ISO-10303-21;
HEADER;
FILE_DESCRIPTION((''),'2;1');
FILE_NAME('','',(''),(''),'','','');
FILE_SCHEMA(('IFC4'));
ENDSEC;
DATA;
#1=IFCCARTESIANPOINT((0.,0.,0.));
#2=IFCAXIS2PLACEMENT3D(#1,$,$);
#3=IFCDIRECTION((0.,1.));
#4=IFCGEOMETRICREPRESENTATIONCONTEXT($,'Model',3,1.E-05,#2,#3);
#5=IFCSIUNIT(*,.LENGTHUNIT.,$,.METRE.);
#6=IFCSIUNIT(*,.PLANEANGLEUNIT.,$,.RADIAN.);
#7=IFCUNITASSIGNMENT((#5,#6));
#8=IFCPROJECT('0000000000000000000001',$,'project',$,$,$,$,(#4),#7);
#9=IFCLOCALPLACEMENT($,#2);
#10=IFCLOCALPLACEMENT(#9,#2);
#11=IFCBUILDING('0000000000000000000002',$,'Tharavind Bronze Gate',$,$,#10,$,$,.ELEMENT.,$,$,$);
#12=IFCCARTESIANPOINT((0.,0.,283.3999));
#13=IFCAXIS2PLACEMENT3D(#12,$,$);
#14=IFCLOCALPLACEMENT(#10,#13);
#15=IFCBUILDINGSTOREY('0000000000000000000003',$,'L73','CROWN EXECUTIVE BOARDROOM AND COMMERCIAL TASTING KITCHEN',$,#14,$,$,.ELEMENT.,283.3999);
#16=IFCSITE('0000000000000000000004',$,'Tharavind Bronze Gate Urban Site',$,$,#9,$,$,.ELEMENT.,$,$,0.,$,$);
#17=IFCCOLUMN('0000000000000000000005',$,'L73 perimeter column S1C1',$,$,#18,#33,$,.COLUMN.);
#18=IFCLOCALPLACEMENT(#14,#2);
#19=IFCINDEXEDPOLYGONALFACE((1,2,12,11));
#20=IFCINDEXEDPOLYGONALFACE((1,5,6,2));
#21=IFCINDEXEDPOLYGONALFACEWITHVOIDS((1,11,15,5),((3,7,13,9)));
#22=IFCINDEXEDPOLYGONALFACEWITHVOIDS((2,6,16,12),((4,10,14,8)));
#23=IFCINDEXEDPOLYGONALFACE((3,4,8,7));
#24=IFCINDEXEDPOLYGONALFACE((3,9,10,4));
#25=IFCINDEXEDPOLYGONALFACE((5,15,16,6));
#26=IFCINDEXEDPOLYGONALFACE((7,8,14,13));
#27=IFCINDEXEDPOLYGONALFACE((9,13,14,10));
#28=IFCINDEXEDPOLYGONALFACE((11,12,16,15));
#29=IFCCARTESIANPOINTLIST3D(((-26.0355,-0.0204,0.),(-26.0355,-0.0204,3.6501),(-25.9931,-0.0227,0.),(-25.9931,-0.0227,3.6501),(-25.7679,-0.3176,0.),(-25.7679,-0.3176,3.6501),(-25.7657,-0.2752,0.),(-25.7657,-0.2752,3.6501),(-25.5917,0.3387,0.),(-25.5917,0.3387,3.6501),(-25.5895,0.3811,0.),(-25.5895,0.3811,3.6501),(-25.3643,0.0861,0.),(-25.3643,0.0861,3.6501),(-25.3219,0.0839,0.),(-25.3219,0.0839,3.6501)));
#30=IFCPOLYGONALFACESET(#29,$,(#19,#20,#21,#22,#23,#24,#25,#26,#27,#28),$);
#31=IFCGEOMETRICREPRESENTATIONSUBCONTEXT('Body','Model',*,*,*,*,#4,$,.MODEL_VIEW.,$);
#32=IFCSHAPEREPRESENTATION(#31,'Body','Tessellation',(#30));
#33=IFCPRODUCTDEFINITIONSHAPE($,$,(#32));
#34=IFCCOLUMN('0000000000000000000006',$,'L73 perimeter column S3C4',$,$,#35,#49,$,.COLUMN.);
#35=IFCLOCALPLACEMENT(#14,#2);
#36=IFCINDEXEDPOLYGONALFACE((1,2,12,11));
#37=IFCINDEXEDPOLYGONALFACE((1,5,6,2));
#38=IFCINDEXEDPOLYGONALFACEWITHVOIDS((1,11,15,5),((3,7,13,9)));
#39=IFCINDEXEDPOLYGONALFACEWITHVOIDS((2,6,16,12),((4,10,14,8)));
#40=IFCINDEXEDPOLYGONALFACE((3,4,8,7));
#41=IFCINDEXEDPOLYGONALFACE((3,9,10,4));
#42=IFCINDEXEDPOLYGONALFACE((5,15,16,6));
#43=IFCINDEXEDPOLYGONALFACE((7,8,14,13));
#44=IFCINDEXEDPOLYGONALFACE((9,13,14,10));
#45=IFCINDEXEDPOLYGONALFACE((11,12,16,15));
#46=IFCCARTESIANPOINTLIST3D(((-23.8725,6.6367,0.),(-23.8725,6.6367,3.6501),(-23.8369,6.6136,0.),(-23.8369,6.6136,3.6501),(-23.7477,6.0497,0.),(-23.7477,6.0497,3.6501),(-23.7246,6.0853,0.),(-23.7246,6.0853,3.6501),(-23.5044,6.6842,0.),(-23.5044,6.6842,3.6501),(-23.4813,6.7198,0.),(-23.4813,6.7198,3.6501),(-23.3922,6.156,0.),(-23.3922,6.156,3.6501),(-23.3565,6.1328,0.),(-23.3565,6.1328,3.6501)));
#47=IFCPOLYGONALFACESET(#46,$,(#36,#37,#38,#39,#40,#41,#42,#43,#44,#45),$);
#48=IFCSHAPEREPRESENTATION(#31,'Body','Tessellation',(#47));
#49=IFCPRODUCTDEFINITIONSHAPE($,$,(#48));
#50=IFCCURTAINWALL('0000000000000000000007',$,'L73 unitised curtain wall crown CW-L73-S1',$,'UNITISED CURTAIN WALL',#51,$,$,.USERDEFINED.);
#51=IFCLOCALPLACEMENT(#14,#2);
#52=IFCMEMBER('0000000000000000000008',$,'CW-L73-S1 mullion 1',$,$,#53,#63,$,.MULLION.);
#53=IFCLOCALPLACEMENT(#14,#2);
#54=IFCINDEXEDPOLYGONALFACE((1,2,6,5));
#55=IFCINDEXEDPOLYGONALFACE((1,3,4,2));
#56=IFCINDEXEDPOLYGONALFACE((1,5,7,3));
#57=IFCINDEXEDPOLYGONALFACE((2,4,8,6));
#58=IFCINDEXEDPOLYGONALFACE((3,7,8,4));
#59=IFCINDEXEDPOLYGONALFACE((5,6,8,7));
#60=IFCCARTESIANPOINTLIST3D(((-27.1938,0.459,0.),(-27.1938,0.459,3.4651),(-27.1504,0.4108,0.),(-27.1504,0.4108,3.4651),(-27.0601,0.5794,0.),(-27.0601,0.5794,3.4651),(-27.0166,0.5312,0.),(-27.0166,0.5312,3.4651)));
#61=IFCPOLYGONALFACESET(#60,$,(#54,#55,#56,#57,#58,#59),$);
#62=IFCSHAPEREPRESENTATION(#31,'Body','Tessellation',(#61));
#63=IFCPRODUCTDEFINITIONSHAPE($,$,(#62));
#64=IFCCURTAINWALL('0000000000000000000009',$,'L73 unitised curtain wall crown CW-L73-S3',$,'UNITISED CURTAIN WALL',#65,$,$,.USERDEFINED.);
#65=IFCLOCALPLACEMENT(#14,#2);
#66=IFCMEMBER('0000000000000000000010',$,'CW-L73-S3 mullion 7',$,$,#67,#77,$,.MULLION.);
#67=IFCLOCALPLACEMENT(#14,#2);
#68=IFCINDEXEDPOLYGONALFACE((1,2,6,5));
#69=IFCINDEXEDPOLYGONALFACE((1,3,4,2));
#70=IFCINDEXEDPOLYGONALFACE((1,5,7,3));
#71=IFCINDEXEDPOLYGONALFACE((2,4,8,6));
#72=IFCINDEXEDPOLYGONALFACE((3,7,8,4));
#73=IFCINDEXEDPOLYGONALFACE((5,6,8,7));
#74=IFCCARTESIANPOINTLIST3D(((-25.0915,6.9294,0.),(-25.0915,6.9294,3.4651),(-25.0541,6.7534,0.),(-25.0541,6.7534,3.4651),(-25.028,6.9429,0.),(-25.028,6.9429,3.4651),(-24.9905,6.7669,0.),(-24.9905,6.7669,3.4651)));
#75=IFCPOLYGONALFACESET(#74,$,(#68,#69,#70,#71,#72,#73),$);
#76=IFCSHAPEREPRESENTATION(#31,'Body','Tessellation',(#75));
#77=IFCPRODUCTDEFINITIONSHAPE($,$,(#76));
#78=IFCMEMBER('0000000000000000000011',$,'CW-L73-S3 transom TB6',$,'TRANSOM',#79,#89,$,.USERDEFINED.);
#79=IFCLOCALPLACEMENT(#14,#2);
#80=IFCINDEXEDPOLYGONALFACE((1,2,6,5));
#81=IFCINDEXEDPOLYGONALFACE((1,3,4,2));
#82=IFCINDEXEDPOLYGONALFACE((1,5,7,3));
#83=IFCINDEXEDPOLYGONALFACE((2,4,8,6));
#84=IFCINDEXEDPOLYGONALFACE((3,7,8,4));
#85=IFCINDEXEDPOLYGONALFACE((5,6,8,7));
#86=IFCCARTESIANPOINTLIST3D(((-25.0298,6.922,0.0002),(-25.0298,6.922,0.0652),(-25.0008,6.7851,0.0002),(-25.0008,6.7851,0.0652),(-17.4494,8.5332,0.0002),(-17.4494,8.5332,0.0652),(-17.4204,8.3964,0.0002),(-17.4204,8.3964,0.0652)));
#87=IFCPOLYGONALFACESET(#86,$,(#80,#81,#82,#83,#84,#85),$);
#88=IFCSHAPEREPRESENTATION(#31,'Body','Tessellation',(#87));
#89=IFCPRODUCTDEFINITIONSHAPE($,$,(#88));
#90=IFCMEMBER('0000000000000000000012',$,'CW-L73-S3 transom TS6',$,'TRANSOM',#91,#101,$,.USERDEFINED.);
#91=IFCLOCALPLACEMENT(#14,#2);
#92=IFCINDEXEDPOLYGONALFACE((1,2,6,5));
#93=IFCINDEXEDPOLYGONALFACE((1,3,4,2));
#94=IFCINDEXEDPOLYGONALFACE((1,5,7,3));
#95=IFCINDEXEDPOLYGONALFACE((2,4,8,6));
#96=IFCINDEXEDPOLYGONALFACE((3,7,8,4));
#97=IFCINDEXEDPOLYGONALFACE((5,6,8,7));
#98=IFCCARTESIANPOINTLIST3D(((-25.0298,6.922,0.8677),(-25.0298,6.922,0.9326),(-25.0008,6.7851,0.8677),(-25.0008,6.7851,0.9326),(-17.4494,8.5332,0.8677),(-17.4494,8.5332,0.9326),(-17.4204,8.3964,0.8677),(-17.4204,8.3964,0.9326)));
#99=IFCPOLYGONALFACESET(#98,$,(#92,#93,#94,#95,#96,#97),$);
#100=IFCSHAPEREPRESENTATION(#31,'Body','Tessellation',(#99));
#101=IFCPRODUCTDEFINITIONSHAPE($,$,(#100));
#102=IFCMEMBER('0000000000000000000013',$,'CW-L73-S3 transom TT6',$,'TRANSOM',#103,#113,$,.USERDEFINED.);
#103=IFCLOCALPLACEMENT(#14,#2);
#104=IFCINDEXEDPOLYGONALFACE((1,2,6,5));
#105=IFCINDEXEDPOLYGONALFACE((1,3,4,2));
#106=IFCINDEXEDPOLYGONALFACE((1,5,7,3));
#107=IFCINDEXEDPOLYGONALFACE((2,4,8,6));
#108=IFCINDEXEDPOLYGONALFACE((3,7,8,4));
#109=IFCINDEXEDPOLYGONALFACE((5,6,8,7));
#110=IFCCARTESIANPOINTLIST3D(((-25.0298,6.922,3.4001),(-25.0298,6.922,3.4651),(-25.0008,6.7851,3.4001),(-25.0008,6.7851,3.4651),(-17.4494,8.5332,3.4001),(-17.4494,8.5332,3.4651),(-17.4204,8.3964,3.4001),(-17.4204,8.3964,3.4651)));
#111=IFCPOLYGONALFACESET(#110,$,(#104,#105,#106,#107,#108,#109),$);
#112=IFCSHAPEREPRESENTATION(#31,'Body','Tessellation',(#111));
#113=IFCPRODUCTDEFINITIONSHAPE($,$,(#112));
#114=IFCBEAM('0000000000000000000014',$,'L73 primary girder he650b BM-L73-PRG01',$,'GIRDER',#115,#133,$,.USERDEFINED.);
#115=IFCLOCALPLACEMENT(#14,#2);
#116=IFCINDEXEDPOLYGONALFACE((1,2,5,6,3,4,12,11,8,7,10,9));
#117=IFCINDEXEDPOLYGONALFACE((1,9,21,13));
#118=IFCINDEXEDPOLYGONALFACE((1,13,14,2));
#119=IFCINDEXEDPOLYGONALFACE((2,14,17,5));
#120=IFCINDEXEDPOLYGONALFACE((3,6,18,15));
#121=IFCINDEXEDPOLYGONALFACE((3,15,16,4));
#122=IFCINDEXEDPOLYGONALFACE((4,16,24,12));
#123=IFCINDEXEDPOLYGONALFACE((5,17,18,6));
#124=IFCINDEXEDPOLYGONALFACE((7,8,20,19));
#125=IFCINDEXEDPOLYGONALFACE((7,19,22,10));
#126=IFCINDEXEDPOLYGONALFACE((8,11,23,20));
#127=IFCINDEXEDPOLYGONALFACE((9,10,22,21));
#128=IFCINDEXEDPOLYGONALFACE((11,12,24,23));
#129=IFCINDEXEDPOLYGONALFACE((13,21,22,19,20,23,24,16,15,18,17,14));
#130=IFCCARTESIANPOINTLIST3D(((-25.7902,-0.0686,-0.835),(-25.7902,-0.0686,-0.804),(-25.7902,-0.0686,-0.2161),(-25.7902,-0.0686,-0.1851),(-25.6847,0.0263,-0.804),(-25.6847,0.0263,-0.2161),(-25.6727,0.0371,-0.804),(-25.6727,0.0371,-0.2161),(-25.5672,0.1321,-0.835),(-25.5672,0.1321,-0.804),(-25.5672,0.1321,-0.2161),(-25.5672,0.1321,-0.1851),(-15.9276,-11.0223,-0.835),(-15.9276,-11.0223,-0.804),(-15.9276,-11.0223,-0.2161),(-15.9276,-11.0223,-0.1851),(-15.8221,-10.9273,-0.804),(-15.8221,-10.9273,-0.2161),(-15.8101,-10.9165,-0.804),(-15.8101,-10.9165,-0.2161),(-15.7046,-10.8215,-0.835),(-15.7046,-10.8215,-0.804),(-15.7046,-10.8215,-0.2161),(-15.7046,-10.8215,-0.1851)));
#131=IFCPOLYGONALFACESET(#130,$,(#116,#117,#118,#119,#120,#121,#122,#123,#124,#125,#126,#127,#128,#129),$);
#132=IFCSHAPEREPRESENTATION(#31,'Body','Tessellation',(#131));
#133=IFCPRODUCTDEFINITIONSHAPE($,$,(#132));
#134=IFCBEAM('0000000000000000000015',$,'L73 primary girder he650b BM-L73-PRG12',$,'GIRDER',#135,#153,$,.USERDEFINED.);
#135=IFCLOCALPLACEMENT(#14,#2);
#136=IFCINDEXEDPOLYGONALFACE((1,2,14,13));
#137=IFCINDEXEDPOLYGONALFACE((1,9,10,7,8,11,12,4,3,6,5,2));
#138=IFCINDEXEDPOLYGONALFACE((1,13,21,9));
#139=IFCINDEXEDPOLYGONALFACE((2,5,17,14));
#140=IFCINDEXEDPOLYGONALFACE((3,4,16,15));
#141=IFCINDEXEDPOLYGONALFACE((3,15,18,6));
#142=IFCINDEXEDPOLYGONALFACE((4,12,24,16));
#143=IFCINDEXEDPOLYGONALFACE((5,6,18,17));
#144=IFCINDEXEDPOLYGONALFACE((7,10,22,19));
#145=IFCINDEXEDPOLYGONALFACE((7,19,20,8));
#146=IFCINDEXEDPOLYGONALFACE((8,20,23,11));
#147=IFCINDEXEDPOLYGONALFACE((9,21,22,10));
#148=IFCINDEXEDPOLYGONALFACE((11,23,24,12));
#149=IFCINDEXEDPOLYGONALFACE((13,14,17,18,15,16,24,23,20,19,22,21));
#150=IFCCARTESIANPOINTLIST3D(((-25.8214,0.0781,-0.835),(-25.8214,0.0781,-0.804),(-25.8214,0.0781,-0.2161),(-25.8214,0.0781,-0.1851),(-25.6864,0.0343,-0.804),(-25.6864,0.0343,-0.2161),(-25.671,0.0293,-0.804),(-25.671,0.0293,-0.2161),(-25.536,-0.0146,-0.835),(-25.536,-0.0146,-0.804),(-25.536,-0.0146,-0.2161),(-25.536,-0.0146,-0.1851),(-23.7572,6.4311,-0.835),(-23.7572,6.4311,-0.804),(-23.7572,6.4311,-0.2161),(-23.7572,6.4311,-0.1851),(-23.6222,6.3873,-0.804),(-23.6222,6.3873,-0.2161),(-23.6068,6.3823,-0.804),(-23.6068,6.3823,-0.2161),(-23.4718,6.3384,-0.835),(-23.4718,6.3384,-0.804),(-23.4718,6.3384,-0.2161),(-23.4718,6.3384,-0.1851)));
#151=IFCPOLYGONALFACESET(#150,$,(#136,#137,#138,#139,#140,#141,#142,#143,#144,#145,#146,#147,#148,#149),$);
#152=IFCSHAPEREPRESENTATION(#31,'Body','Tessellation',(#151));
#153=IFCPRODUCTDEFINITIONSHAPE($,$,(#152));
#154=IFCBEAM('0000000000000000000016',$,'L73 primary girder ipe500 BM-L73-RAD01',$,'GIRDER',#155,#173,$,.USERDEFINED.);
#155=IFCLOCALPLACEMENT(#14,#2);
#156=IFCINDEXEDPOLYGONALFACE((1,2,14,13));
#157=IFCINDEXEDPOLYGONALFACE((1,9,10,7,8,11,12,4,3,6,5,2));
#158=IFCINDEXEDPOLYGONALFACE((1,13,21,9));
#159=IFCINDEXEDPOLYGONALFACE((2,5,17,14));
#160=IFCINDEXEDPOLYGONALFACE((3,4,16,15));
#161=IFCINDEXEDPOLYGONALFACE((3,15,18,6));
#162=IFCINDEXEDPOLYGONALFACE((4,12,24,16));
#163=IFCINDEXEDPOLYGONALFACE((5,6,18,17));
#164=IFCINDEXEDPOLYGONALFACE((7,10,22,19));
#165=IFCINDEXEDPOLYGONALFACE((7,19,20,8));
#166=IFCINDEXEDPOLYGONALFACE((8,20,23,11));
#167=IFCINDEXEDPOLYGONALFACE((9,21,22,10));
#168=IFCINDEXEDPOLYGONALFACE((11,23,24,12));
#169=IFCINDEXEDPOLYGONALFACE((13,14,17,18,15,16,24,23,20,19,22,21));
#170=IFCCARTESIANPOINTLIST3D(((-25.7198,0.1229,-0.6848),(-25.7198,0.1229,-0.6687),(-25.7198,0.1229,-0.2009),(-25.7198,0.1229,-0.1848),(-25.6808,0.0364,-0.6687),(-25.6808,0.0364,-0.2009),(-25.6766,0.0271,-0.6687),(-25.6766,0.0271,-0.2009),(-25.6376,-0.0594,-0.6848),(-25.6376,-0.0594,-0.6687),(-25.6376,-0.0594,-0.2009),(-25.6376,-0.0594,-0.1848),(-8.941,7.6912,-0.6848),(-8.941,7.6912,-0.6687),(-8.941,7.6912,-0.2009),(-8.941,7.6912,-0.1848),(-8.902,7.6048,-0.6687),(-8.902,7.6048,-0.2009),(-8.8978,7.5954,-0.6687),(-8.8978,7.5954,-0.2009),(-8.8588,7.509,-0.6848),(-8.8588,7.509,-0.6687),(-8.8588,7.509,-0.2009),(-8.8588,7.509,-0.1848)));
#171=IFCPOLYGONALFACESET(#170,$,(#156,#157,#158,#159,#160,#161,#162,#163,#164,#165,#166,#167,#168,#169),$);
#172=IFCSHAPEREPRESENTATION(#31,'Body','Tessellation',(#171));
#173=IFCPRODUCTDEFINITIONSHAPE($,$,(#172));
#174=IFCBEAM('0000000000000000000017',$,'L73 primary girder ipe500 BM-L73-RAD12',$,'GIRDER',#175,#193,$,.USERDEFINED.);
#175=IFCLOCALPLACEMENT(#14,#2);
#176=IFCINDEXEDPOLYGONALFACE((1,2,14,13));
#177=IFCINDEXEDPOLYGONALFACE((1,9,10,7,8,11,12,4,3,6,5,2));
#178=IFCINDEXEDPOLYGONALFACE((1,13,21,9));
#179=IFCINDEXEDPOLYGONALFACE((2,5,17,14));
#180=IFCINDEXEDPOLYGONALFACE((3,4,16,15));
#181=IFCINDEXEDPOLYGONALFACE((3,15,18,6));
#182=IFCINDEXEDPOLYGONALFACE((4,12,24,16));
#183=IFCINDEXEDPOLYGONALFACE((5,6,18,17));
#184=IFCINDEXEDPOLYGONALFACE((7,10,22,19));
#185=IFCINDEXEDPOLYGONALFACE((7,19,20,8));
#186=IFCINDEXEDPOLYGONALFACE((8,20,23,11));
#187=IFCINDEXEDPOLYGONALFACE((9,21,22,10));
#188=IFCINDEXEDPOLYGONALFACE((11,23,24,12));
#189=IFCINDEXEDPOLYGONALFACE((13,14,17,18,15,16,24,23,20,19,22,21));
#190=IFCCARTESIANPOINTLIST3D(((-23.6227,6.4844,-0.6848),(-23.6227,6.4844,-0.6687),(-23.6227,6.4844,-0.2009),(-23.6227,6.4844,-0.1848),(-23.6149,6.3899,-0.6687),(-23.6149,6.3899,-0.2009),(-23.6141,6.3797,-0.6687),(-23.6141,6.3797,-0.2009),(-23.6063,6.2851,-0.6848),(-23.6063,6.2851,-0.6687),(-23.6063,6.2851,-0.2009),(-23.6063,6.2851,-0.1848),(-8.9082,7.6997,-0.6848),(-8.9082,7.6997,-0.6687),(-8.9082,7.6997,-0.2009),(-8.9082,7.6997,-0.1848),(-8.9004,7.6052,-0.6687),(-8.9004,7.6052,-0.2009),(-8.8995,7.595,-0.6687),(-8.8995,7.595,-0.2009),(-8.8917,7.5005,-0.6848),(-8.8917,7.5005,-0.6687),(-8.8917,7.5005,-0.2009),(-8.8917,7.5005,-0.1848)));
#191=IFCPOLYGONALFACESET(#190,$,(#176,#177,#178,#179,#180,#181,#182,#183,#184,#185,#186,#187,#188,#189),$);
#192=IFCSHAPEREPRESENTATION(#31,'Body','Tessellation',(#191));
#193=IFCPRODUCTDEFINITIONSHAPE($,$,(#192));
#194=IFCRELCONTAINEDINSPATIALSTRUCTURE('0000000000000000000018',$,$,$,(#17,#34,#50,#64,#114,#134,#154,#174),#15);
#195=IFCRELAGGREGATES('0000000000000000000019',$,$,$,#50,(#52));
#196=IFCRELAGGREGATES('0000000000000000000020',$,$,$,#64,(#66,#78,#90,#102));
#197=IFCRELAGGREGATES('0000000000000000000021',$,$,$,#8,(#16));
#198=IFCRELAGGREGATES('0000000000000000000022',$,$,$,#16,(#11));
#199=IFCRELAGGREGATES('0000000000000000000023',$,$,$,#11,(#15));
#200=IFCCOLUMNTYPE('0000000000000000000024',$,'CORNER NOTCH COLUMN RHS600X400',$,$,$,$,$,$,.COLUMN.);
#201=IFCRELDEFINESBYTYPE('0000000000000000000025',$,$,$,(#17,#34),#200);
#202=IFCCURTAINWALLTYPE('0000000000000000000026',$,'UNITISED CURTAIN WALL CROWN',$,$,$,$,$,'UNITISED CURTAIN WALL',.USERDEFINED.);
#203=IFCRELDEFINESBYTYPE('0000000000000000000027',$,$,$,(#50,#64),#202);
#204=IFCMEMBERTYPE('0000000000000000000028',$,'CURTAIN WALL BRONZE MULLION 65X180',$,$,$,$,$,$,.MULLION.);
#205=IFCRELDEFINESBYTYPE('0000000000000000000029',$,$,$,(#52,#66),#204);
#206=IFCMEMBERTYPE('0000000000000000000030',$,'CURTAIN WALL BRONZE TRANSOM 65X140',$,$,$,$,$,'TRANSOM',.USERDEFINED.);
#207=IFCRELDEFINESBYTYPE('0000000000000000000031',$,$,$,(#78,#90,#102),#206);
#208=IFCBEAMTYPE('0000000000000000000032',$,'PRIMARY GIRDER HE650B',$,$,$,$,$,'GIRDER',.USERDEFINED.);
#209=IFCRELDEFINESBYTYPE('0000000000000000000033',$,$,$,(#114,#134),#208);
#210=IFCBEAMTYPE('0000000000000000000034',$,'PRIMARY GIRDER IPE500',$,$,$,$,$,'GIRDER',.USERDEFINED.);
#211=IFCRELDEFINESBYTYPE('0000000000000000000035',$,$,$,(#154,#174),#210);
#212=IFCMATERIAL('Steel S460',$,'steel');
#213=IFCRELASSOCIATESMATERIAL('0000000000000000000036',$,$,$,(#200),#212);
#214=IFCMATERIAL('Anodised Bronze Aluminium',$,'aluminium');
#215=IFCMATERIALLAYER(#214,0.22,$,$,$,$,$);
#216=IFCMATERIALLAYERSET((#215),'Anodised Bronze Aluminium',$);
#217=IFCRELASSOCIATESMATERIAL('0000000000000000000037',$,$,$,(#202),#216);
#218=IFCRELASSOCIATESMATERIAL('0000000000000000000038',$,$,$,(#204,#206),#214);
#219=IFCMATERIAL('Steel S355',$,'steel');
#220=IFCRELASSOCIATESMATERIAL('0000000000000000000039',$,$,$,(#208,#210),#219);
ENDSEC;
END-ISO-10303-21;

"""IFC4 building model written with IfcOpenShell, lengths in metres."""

from ifc_helpers import new_model, si_unit, direction, frame, origin, origin_2d, place, context, subcontext, project, spatial, rectangle, hollow_rectangle, i_section, extrude, material, layer, layer_set, material_profile, profile_set, type_object, element, aggregate, save


model = new_model("IFC4")

# Units and contexts
model_context = context("Model", 3, precision=1e-05, world=origin(), true_north=direction((0.0, 1.0)))
body_context = subcontext(model_context, "Body", "Model", "MODEL_VIEW")
ifc_project = project(units=[si_unit("LENGTHUNIT", "METRE"), si_unit("PLANEANGLEUNIT", "RADIAN")], contexts=[model_context])

# Site, building, storey
site_placement = place(None, origin())
site = spatial("IfcSite", under=ifc_project, at=site_placement, Name="Tharavind Bronze Gate Urban Site", CompositionType="ELEMENT", RefElevation=0.0)
building_placement = place(site_placement, origin())
building = spatial("IfcBuilding", under=site, at=building_placement, Name="Tharavind Bronze Gate", CompositionType="ELEMENT")
storey_placement = place(building_placement, frame((0.0, 0.0, 283.3999)))
storey = spatial("IfcBuildingStorey", under=building, at=storey_placement, Name="L73", Description="CROWN EXECUTIVE BOARDROOM AND COMMERCIAL TASTING KITCHEN", CompositionType="ELEMENT", Elevation=283.3999)

# Columns
ifc_material_1 = material(Name="Steel S460", Category="steel")
ifc_material_profile_1 = material_profile(ifc_material_1, hollow_rectangle(XDim=0.3999, YDim=0.6001, WallThickness=0.03, at=origin_2d()), Name="RHS600X400X30")
ifc_profile_set_1 = profile_set([ifc_material_profile_1], Name="Steel S460")
column_type = type_object("IfcColumnType", Name="CORNER NOTCH COLUMN RHS600X400", PredefinedType="COLUMN", material=ifc_profile_set_1)
for number, where, z_axis, x_axis, name in (
    (1, (-25.6787, 0.0317, 0.0), (0.0, 0.0, 1.0), (-0.669131, 0.743145, 0.0), "L73 perimeter column S1C1"),
    (2, (-23.6145, 6.3848, 0.0), (0.0, 0.0, 1.0), (0.978147, 0.207913, 0.0), "L73 perimeter column S3C4"),
):
    element("IfcColumn", number, at=place(storey_placement, frame(where, z_axis=z_axis, x_axis=x_axis)), inside=storey, type_object=column_type, Name=name, PredefinedType="COLUMN", context=body_context, shape_type="SweptSolid", body=[
        extrude(hollow_rectangle(XDim=0.3999, YDim=0.6001, WallThickness=0.03, at=origin_2d()), origin(), (0.0, 0.0, 1.0), 3.6501),
    ])

# Curtain wall, member
ifc_material_2 = material(Name="Anodised Bronze Aluminium", Category="aluminium")
ifc_layer_1 = layer(ifc_material_2, 0.22)
ifc_layer_set_1 = layer_set([ifc_layer_1], Name="Anodised Bronze Aluminium")
curtain_wall_type = type_object("IfcCurtainWallType", Name="UNITISED CURTAIN WALL CROWN", ElementType="UNITISED CURTAIN WALL", PredefinedType="USERDEFINED", material=ifc_layer_set_1)
curtain_wall_1_placement = place(storey_placement, origin())
curtain_wall_1 = element("IfcCurtainWall", 3, at=curtain_wall_1_placement, inside=storey, type_object=curtain_wall_type, Name="L73 unitised curtain wall crown CW-L73-S1", ObjectType="UNITISED CURTAIN WALL", PredefinedType="USERDEFINED")
member_type_1 = type_object("IfcMemberType", Name="CURTAIN WALL BRONZE MULLION 65X180", PredefinedType="MULLION", material=ifc_material_2)
member_1_placement = place(storey_placement, frame((-27.1052, 0.4951, 0.0), z_axis=(0.0, 0.0, 1.0), x_axis=(0.669131, -0.743145, 0.0)))
member_1 = element("IfcMember", 4, at=member_1_placement, type_object=member_type_1, Name="CW-L73-S1 mullion 1", PredefinedType="MULLION", context=body_context, shape_type="SweptSolid", body=[
    extrude(rectangle(XDim=0.0649, YDim=0.1799, at=origin_2d()), origin(), (0.0, 0.0, 1.0), 3.4651),
])
aggregate(curtain_wall_1, [member_1])

# Curtain wall, members
curtain_wall_2_placement = place(storey_placement, origin())
curtain_wall_2 = element("IfcCurtainWall", 5, at=curtain_wall_2_placement, inside=storey, type_object=curtain_wall_type, Name="L73 unitised curtain wall crown CW-L73-S3", ObjectType="UNITISED CURTAIN WALL", PredefinedType="USERDEFINED")
member_2_placement = place(storey_placement, frame((-25.041, 6.8481, 0.0), z_axis=(0.0, 0.0, 1.0), x_axis=(-0.978147, -0.207913, 0.0)))
member_2 = element("IfcMember", 6, at=member_2_placement, type_object=member_type_1, Name="CW-L73-S3 mullion 7", PredefinedType="MULLION", context=body_context, shape_type="SweptSolid", body=[
    extrude(rectangle(XDim=0.0649, YDim=0.1799, at=origin_2d()), origin(), (0.0, 0.0, 1.0), 3.4651),
])
member_type_2 = type_object("IfcMemberType", Name="CURTAIN WALL BRONZE TRANSOM 65X140", ElementType="TRANSOM", PredefinedType="USERDEFINED", material=ifc_material_2)
member_3_placement = place(storey_placement, frame((-21.2251, 7.6592, 0.0002), z_axis=(0.0, 0.0, 1.0), x_axis=(-0.978147, -0.207913, 0.0)))
member_3 = element("IfcMember", 7, at=member_3_placement, type_object=member_type_2, Name="CW-L73-S3 transom TB6", ObjectType="TRANSOM", PredefinedType="USERDEFINED", context=body_context, shape_type="SweptSolid", body=[
    extrude(rectangle(XDim=7.7498, YDim=0.1399, at=origin_2d()), origin(), (0.0, 0.0, 1.0), 0.0649),
])
member_4_placement = place(storey_placement, frame((-21.2251, 7.6592, 0.8677), z_axis=(0.0, 0.0, 1.0), x_axis=(-0.978147, -0.207913, 0.0)))
member_4 = element("IfcMember", 8, at=member_4_placement, type_object=member_type_2, Name="CW-L73-S3 transom TS6", ObjectType="TRANSOM", PredefinedType="USERDEFINED", context=body_context, shape_type="SweptSolid", body=[
    extrude(rectangle(XDim=7.7498, YDim=0.1399, at=origin_2d()), origin(), (0.0, 0.0, 1.0), 0.0649),
])
member_5_placement = place(storey_placement, frame((-21.2251, 7.6592, 3.4001), z_axis=(0.0, 0.0, 1.0), x_axis=(-0.978147, -0.207913, 0.0)))
member_5 = element("IfcMember", 9, at=member_5_placement, type_object=member_type_2, Name="CW-L73-S3 transom TT6", ObjectType="TRANSOM", PredefinedType="USERDEFINED", context=body_context, shape_type="SweptSolid", body=[
    extrude(rectangle(XDim=7.7498, YDim=0.1399, at=origin_2d()), origin(), (0.0, 0.0, 1.0), 0.0649),
])

# Beams
ifc_material_3 = material(Name="Steel S355", Category="steel")
ifc_material_profile_2 = material_profile(ifc_material_3, i_section(OverallWidth=0.3, OverallDepth=0.6499, WebThickness=0.0161, FlangeThickness=0.031, at=origin_2d()), Name="HE650B")
ifc_profile_set_2 = profile_set([ifc_material_profile_2], Name="Steel S355")
beam_type_1 = type_object("IfcBeamType", Name="PRIMARY GIRDER HE650B", ElementType="GIRDER", PredefinedType="USERDEFINED", material=ifc_profile_set_2)
beam_1_placement = place(storey_placement, frame((-25.6787, 0.0317, -0.51), z_axis=(0.669126, -0.743149, 0.0), x_axis=(0.743149, 0.669126, 0.0)))
element("IfcBeam", 10, at=beam_1_placement, inside=storey, type_object=beam_type_1, Name="L73 primary girder he650b BM-L73-PRG01", ObjectType="GIRDER", PredefinedType="USERDEFINED", context=body_context, shape_type="SweptSolid", body=[
    extrude(i_section(OverallWidth=0.3, OverallDepth=0.6499, WebThickness=0.0161, FlangeThickness=0.031, at=origin_2d()), origin(), (0.0, 0.0, 1.0), 14.7395),
])
beam_2_placement = place(storey_placement, frame((-23.6145, 6.3848, -0.51), z_axis=(-0.309015, -0.951057, 0.0), x_axis=(0.951057, -0.309015, 0.0)))
element("IfcBeam", 11, at=beam_2_placement, inside=storey, type_object=beam_type_1, Name="L73 primary girder he650b BM-L73-PRG12", ObjectType="GIRDER", PredefinedType="USERDEFINED", context=body_context, shape_type="SweptSolid", body=[
    extrude(i_section(OverallWidth=0.3, OverallDepth=0.6499, WebThickness=0.0161, FlangeThickness=0.031, at=origin_2d()), origin(), (0.0, 0.0, 1.0), 6.6799),
])
ifc_material_profile_3 = material_profile(ifc_material_3, i_section(OverallWidth=0.2, OverallDepth=0.5, WebThickness=0.0103, FlangeThickness=0.0161, at=origin_2d()), Name="IPE500")
ifc_profile_set_3 = profile_set([ifc_material_profile_3], Name="Steel S355")
beam_type_2 = type_object("IfcBeamType", Name="PRIMARY GIRDER IPE500", ElementType="GIRDER", PredefinedType="USERDEFINED", material=ifc_profile_set_3)
beam_3_placement = place(storey_placement, frame((-25.6787, 0.0317, -0.4348), z_axis=(0.911557, 0.411173, 0.0), x_axis=(-0.411173, 0.911557, 0.0)))
element("IfcBeam", 12, at=beam_3_placement, inside=storey, type_object=beam_type_2, Name="L73 primary girder ipe500 BM-L73-RAD01", ObjectType="GIRDER", PredefinedType="USERDEFINED", context=body_context, shape_type="SweptSolid", body=[
    extrude(i_section(OverallWidth=0.2, OverallDepth=0.5, WebThickness=0.0103, FlangeThickness=0.0161, at=origin_2d()), origin(), (0.0, 0.0, 1.0), 18.4067),
])
beam_4_placement = place(storey_placement, frame((-23.6145, 6.3848, -0.4348), z_axis=(0.996606, 0.082313, 0.0), x_axis=(-0.082313, 0.996606, 0.0)))
element("IfcBeam", 13, at=beam_4_placement, inside=storey, type_object=beam_type_2, Name="L73 primary girder ipe500 BM-L73-RAD12", ObjectType="GIRDER", PredefinedType="USERDEFINED", context=body_context, shape_type="SweptSolid", body=[
    extrude(i_section(OverallWidth=0.2, OverallDepth=0.5, WebThickness=0.0103, FlangeThickness=0.0161, at=origin_2d()), origin(), (0.0, 0.0, 1.0), 14.7646),
])

aggregate(curtain_wall_2, [member_2, member_3, member_4, member_5])

save(model, "model.ifc")
